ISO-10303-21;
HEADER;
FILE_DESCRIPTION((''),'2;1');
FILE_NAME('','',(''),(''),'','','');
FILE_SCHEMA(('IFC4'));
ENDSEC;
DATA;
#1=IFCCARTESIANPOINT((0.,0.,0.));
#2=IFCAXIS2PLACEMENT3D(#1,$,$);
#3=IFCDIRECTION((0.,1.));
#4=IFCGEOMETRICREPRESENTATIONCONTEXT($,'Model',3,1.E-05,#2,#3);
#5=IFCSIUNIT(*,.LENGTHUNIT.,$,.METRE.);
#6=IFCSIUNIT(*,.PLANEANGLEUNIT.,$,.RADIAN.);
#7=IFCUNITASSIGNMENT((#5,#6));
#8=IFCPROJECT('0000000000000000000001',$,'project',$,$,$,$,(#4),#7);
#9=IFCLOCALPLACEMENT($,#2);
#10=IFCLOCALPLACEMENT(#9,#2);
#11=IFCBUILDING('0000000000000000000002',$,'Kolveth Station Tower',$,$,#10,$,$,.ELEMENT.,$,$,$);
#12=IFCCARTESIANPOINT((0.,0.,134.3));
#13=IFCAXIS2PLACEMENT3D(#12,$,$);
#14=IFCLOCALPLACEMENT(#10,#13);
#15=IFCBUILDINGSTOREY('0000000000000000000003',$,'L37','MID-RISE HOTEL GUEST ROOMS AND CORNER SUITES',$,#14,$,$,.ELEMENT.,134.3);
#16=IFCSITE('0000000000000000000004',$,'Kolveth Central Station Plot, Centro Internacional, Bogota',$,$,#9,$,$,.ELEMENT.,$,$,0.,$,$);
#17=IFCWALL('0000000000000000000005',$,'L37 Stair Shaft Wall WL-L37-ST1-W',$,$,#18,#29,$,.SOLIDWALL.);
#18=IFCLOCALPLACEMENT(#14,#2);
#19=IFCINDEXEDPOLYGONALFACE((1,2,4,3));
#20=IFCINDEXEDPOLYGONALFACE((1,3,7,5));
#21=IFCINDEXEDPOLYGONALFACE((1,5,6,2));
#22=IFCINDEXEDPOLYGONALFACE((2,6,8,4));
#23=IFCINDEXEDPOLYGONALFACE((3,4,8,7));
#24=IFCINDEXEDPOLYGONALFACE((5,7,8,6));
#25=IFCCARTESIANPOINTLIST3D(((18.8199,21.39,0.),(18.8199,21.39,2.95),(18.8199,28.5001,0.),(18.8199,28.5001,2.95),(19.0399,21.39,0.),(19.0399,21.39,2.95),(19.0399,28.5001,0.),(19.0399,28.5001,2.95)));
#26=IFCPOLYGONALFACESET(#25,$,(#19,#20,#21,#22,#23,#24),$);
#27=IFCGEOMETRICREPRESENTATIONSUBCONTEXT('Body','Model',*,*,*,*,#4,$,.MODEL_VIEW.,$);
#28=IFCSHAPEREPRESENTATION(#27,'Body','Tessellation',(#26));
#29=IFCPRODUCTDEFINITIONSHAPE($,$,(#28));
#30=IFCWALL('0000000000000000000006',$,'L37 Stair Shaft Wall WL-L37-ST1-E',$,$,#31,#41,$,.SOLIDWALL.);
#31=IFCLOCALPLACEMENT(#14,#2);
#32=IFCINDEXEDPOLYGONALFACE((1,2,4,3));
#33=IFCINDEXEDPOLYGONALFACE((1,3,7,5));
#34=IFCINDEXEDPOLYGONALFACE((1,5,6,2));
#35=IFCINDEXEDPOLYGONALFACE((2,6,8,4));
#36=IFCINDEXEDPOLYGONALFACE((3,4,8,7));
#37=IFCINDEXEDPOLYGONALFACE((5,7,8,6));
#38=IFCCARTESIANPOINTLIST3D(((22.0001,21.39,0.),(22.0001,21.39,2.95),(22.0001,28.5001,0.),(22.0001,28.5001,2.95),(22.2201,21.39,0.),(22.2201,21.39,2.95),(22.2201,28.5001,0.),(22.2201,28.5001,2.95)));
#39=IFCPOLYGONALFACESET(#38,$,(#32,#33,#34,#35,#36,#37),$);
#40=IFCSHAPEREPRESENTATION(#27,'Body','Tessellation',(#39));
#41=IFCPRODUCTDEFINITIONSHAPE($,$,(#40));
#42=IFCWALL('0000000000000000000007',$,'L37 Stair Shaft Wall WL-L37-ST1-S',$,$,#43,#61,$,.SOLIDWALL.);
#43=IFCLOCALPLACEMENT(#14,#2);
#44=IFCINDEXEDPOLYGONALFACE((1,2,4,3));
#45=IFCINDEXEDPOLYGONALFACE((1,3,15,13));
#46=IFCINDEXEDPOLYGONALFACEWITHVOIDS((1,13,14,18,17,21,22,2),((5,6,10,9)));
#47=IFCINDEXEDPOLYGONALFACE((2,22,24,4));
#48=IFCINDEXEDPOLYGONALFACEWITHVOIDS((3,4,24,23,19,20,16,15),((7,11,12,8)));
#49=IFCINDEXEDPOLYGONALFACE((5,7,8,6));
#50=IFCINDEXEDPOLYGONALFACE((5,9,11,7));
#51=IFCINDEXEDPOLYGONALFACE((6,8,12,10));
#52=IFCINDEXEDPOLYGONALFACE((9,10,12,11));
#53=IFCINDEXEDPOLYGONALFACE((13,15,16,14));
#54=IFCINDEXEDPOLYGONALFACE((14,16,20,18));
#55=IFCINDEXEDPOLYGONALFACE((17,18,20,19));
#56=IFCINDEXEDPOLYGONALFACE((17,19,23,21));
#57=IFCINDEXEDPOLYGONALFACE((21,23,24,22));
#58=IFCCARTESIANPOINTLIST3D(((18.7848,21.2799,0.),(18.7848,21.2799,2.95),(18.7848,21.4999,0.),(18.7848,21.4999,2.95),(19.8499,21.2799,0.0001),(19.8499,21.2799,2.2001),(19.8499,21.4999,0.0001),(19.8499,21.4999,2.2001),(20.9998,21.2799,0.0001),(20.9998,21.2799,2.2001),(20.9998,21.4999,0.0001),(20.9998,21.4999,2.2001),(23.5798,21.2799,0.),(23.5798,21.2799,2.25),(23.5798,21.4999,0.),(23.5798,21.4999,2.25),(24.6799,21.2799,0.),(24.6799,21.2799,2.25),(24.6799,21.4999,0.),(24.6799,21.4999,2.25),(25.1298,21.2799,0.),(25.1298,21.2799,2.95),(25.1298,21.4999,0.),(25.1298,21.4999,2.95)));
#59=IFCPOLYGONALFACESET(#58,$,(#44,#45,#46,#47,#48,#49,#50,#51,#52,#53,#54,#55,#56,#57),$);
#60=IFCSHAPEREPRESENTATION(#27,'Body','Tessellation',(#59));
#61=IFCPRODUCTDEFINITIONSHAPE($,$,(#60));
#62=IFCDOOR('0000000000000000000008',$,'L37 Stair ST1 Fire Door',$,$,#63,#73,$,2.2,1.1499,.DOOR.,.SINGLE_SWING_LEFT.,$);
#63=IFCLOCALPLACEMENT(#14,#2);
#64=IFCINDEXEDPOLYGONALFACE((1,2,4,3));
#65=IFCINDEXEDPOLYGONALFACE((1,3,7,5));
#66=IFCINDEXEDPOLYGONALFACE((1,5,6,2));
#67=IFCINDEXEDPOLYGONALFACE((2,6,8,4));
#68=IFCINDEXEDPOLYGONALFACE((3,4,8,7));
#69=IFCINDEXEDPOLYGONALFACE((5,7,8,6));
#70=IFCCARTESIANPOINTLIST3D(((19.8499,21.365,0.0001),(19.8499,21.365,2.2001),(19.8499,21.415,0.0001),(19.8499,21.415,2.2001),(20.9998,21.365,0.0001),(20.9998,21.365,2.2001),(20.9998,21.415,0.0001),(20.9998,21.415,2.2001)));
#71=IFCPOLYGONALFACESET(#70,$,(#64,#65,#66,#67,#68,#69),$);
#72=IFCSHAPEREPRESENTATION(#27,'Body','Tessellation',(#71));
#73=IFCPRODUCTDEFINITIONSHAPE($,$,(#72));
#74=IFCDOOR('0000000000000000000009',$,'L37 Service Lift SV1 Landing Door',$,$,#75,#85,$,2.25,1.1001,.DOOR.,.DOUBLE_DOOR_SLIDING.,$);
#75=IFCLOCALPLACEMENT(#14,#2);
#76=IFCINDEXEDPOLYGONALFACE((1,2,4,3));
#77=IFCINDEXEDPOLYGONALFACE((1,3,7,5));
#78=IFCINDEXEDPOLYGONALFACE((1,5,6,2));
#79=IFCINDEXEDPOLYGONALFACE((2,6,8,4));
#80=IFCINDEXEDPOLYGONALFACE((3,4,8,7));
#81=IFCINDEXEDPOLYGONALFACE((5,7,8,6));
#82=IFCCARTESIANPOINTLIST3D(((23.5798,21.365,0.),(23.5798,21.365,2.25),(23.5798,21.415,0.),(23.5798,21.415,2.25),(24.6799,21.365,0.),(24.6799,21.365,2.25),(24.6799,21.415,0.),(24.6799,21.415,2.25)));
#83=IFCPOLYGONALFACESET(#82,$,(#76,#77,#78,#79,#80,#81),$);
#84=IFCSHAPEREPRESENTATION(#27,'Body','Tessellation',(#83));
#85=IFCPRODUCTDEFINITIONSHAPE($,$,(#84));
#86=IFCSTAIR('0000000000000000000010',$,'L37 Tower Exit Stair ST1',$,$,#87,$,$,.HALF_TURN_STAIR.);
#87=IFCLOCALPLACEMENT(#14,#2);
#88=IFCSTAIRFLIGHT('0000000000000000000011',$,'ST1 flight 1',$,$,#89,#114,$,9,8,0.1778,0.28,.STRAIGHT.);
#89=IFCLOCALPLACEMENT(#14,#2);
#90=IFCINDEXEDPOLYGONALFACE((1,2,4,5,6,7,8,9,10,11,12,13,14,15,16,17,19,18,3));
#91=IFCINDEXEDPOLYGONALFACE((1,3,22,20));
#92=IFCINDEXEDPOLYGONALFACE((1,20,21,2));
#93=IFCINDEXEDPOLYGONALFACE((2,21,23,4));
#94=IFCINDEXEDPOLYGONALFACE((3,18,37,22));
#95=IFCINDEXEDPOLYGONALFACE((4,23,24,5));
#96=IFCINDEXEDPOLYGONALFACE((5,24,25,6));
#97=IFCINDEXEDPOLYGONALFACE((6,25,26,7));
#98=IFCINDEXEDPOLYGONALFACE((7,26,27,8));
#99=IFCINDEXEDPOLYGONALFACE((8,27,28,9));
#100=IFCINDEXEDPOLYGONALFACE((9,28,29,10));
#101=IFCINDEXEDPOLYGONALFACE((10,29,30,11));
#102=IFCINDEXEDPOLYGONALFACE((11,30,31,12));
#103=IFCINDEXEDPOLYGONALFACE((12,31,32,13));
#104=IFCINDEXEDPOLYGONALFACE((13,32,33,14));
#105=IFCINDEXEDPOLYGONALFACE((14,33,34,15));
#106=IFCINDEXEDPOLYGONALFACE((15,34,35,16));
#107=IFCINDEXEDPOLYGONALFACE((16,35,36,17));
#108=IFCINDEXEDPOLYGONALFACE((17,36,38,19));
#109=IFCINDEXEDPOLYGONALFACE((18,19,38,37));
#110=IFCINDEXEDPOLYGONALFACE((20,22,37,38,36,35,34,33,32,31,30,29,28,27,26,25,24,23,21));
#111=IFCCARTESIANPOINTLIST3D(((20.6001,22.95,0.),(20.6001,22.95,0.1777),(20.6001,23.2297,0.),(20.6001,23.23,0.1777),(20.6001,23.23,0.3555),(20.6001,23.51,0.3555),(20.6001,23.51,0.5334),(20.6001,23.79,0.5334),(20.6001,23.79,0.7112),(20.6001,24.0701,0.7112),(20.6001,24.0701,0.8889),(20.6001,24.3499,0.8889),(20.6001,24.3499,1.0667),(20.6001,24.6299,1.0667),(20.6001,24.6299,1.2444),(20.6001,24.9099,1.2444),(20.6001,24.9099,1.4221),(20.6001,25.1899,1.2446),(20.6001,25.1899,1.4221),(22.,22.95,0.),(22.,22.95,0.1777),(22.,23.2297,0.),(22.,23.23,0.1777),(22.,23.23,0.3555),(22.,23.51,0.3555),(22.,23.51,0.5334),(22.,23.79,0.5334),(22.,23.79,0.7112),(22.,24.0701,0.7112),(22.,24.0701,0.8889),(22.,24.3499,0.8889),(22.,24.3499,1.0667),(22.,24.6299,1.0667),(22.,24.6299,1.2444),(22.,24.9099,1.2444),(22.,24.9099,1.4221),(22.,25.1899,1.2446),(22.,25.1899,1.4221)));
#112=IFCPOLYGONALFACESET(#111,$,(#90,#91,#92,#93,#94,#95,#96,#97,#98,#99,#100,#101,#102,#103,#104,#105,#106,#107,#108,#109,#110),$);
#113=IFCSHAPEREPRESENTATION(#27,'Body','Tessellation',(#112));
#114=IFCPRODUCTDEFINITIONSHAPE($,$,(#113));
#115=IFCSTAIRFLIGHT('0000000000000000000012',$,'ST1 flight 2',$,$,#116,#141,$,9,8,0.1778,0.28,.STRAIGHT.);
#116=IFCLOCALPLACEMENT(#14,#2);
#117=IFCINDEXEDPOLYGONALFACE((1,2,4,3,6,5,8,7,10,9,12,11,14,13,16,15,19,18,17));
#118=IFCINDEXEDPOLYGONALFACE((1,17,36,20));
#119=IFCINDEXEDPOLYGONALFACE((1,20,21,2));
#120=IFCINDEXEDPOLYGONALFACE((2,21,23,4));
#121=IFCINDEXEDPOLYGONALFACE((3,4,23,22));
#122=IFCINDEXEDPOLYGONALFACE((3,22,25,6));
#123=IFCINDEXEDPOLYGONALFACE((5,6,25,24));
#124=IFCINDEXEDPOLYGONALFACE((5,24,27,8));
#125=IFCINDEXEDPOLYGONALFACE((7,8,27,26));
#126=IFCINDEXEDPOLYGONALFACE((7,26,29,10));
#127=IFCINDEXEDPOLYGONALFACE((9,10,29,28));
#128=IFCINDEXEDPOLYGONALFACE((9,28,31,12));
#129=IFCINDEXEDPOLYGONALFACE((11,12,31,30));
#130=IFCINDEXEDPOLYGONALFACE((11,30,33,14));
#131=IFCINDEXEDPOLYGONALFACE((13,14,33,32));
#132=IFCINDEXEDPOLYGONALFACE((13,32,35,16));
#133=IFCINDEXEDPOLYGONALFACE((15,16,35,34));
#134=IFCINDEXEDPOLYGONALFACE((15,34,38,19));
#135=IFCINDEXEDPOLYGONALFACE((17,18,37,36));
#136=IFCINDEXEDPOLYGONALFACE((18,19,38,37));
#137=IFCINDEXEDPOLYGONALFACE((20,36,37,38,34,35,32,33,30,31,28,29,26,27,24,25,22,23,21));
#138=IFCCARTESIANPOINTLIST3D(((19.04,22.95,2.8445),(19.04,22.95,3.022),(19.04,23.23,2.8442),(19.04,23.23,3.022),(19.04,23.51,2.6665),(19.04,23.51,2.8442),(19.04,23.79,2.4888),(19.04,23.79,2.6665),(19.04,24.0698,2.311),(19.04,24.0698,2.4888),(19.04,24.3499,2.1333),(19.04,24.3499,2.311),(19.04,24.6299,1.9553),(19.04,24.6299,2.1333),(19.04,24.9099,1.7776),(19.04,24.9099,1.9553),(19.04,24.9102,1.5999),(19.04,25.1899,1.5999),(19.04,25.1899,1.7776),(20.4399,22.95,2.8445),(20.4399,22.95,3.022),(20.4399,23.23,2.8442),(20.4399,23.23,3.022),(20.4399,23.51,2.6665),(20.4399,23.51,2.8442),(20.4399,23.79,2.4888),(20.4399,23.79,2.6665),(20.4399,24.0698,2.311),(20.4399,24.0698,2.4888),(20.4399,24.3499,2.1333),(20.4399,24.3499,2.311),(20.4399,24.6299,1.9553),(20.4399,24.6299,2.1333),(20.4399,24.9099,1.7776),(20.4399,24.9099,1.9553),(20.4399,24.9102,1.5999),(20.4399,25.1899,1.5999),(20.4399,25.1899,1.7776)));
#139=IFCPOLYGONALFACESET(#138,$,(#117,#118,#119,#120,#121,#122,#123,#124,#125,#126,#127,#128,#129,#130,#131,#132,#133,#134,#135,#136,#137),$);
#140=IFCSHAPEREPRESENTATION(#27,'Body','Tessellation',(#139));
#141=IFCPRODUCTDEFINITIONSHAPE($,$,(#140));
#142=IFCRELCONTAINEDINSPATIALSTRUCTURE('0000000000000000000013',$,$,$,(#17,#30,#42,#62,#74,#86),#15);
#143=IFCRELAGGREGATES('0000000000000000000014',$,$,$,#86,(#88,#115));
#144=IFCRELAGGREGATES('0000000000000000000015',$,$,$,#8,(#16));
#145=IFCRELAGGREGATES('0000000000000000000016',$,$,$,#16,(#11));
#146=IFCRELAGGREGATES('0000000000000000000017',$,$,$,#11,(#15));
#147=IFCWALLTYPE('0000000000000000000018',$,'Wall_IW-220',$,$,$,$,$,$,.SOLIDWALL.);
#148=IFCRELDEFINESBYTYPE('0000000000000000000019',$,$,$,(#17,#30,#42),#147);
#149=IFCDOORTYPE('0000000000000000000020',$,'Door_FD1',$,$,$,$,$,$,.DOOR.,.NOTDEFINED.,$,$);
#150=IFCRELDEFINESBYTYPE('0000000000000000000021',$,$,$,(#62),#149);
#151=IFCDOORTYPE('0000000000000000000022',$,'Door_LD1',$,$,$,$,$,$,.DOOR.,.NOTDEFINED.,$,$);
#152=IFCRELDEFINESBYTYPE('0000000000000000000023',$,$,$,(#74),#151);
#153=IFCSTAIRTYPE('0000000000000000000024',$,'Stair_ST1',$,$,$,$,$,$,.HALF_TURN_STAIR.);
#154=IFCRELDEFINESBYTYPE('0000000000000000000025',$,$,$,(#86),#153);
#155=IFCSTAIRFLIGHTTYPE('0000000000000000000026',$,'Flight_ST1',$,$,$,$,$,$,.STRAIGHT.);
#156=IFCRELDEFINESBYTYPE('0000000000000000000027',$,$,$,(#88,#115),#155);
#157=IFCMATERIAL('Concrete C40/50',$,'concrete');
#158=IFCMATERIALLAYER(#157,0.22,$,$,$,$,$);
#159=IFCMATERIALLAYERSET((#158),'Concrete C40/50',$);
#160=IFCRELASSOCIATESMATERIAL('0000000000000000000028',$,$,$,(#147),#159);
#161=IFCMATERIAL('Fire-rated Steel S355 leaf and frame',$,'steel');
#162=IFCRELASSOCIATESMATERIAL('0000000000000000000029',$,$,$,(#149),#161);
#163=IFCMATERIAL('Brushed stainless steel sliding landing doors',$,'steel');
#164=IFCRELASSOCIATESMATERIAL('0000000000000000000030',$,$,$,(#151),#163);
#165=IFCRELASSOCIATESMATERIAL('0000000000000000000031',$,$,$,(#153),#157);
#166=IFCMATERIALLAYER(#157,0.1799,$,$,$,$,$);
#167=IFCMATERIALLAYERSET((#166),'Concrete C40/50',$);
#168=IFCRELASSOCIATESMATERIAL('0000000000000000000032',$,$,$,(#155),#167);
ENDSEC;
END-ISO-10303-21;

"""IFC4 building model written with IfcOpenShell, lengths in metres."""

from ifc_helpers import new_model, si_unit, direction, frame, frame_2d, origin, place, context, subcontext, project, spatial, polyline, rectangle, outline, extrude, material, layer, layer_set, type_object, element, fill, aggregate, save


model = new_model("IFC4")

# Units and contexts
model_context = context("Model", 3, precision=1e-05, world=origin(), true_north=direction((0.0, 1.0)))
body_context = subcontext(model_context, "Body", "Model", "MODEL_VIEW")
ifc_project = project(units=[si_unit("LENGTHUNIT", "METRE"), si_unit("PLANEANGLEUNIT", "RADIAN")], contexts=[model_context])

# Site, building, storey
site_placement = place(None, origin())
site = spatial("IfcSite", under=ifc_project, at=site_placement, Name="Kolveth Central Station Plot, Centro Internacional, Bogota", CompositionType="ELEMENT", RefElevation=0.0)
building_placement = place(site_placement, origin())
building = spatial("IfcBuilding", under=site, at=building_placement, Name="Kolveth Station Tower", CompositionType="ELEMENT")
storey_placement = place(building_placement, frame((0.0, 0.0, 134.3)))
storey = spatial("IfcBuildingStorey", under=building, at=storey_placement, Name="L37", Description="MID-RISE HOTEL GUEST ROOMS AND CORNER SUITES", CompositionType="ELEMENT", Elevation=134.3)

# Walls
ifc_material_1 = material(Name="Concrete C40/50", Category="concrete")
ifc_layer_1 = layer(ifc_material_1, 0.22)
ifc_layer_set_1 = layer_set([ifc_layer_1], Name="Concrete C40/50")
wall_type_1 = type_object("IfcWallType", Name="Wall_IW-220", PredefinedType="SOLIDWALL", material=ifc_layer_set_1)
for number, where, z_axis, x_axis, name in (
    (1, (18.9299, 21.3899, 0.0), (0.0, 0.0, 1.0), (0.0, 1.0, 0.0), "L37 Stair Shaft Wall WL-L37-ST1-W"),
    (2, (22.1101, 21.3899, 0.0), (0.0, 0.0, 1.0), (0.0, 1.0, 0.0), "L37 Stair Shaft Wall WL-L37-ST1-E"),
):
    element("IfcWall", number, at=place(storey_placement, frame(where, z_axis=z_axis, x_axis=x_axis)), inside=storey, type_object=wall_type_1, Name=name, PredefinedType="SOLIDWALL", context=body_context, shape_type="SweptSolid", body=[
        extrude(rectangle(XDim=7.1101, YDim=0.22, at=frame_2d((3.5552, 0.0))), origin(), (0.0, 0.0, 1.0), 2.95),
    ])

# Wall, openings, doors
wall_1_placement = place(storey_placement, frame((18.7849, 21.3899, 0.0), z_axis=(0.0, 0.0, 1.0), x_axis=(1.0, 0.0, 0.0)))
wall_1 = element("IfcWall", 3, at=wall_1_placement, inside=storey, type_object=wall_type_1, Name="L37 Stair Shaft Wall WL-L37-ST1-S", PredefinedType="SOLIDWALL", context=body_context, shape_type="SweptSolid", body=[
    extrude(rectangle(XDim=6.345, YDim=0.22, at=frame_2d((3.1724, 0.0))), origin(), (0.0, 0.0, 1.0), 2.95),
])
opening_1_placement = place(wall_1_placement, frame((1.0649, 0.0, 0.0)))
opening_1 = element("IfcOpeningElement", 4, at=opening_1_placement, cuts=wall_1, PredefinedType="OPENING", context=body_context, shape_type="SweptSolid", body=[
    extrude(rectangle(XDim=1.1499, YDim=2.2, at=frame_2d((0.575, 1.1001))), frame((0.0, 0.1199, 0.0), z_axis=(0.0, -1.0, 0.0), x_axis=(1.0, 0.0, 0.0)), (0.0, 0.0, 1.0), 0.24),
])
opening_2_placement = place(wall_1_placement, frame((4.7949, 0.0, 0.0)))
opening_2 = element("IfcOpeningElement", 5, at=opening_2_placement, cuts=wall_1, PredefinedType="OPENING", context=body_context, shape_type="SweptSolid", body=[
    extrude(rectangle(XDim=1.1001, YDim=2.25, at=frame_2d((0.55, 1.125))), frame((0.0, 0.1199, 0.0), z_axis=(0.0, -1.0, 0.0), x_axis=(1.0, 0.0, 0.0)), (0.0, 0.0, 1.0), 0.24),
])
ifc_material_2 = material(Name="Fire-rated Steel S355 leaf and frame", Category="steel")
door_type_1 = type_object("IfcDoorType", Name="Door_FD1", OperationType="NOTDEFINED", PredefinedType="DOOR", material=ifc_material_2)
door_1_placement = place(opening_1_placement, frame((1.1499, 0.0, 0.0), z_axis=(0.0, 0.0, 1.0), x_axis=(-1.0, 0.0, 0.0)))
door_1 = element("IfcDoor", 6, at=door_1_placement, inside=storey, type_object=door_type_1, Name="L37 Stair ST1 Fire Door", OperationType="SINGLE_SWING_LEFT", OverallHeight=2.2, OverallWidth=1.1499, PredefinedType="DOOR", context=body_context, shape_type="SweptSolid", body=[
    extrude(rectangle(XDim=1.1499, YDim=2.2, at=frame_2d((0.575, 1.1001))), frame((0.0, 0.0249, 0.0), z_axis=(0.0, -1.0, 0.0), x_axis=(1.0, 0.0, 0.0)), (0.0, 0.0, 1.0), 0.05),
])
fill(opening_1, door_1)
ifc_material_3 = material(Name="Brushed stainless steel sliding landing doors", Category="steel")
door_type_2 = type_object("IfcDoorType", Name="Door_LD1", OperationType="NOTDEFINED", PredefinedType="DOOR", material=ifc_material_3)
door_2_placement = place(opening_2_placement, frame((1.1001, 0.0, 0.0), z_axis=(0.0, 0.0, 1.0), x_axis=(-1.0, 0.0, 0.0)))
door_2 = element("IfcDoor", 7, at=door_2_placement, inside=storey, type_object=door_type_2, Name="L37 Service Lift SV1 Landing Door", OperationType="DOUBLE_DOOR_SLIDING", OverallHeight=2.25, OverallWidth=1.1001, PredefinedType="DOOR", context=body_context, shape_type="SweptSolid", body=[
    extrude(rectangle(XDim=1.1001, YDim=2.25, at=frame_2d((0.55, 1.125))), frame((0.0, 0.0249, 0.0), z_axis=(0.0, -1.0, 0.0), x_axis=(1.0, 0.0, 0.0)), (0.0, 0.0, 1.0), 0.05),
])
fill(opening_2, door_2)

# Stair, stair flights
stair_type = type_object("IfcStairType", Name="Stair_ST1", PredefinedType="HALF_TURN_STAIR", material=ifc_material_1)
stair_placement = place(storey_placement, origin())
stair = element("IfcStair", 8, at=stair_placement, inside=storey, type_object=stair_type, Name="L37 Tower Exit Stair ST1", PredefinedType="HALF_TURN_STAIR")
ifc_layer_2 = layer(ifc_material_1, 0.1799)
ifc_layer_set_2 = layer_set([ifc_layer_2], Name="Concrete C40/50")
stair_flight_type = type_object("IfcStairFlightType", Name="Flight_ST1", PredefinedType="STRAIGHT", material=ifc_layer_set_2)
stair_flight_1_placement = place(storey_placement, frame((21.3, 22.95, 0.0), z_axis=(0.0, 0.0, 1.0), x_axis=(0.0, 1.0, 0.0)))
stair_flight_1 = element("IfcStairFlight", 9, at=stair_flight_1_placement, type_object=stair_flight_type, Name="ST1 flight 1", NumberOfRisers=9, NumberOfTreads=8, PredefinedType="STRAIGHT", RiserHeight=0.1778, TreadLength=0.28, context=body_context, shape_type="SweptSolid", body=[
    extrude(outline(polyline([(0.0, 0.0), (0.0, 0.1777), (0.28, 0.1777), (0.28, 0.3555), (0.5601, 0.3555), (0.5601, 0.5334), (0.8401, 0.5334), (0.8401, 0.7112), (1.1201, 0.7112), (1.1201, 0.8889), (1.3999, 0.8889), (1.3999, 1.0667), (1.6799, 1.0667), (1.6799, 1.2444), (1.96, 1.2444), (1.96, 1.4221), (2.24, 1.4221), (2.24, 1.6001), (2.24, 1.2446), (0.2798, 0.0), (0.0, 0.0)])), frame((0.0, 0.7, 0.0), z_axis=(0.0, -1.0, 0.0), x_axis=(1.0, 0.0, 0.0)), (0.0, 0.0, 1.0), 1.3999),
])
stair_flight_2_placement = place(storey_placement, frame((19.74, 25.1899, 1.5999), z_axis=(0.0, 0.0, 1.0), x_axis=(0.0, -1.0, 0.0)))
stair_flight_2 = element("IfcStairFlight", 10, at=stair_flight_2_placement, type_object=stair_flight_type, Name="ST1 flight 2", NumberOfRisers=9, NumberOfTreads=8, PredefinedType="STRAIGHT", RiserHeight=0.1778, TreadLength=0.28, context=body_context, shape_type="SweptSolid", body=[
    extrude(outline(polyline([(0.0, 0.0), (0.0, 0.1777), (0.28, 0.1777), (0.28, 0.3555), (0.5601, 0.3555), (0.5601, 0.5334), (0.8401, 0.5334), (0.8401, 0.7112), (1.1201, 0.7112), (1.1201, 0.8889), (1.3999, 0.8889), (1.3999, 1.0667), (1.6799, 1.0667), (1.6799, 1.2444), (1.96, 1.2444), (1.96, 1.4221), (2.24, 1.4221), (2.24, 1.6001), (2.24, 1.2446), (0.2798, 0.0), (0.0, 0.0)])), frame((0.0, 0.7, 0.0), z_axis=(0.0, -1.0, 0.0), x_axis=(1.0, 0.0, 0.0)), (0.0, 0.0, 1.0), 1.3999),
])
aggregate(stair, [stair_flight_1, stair_flight_2])

save(model, "model.ifc")
